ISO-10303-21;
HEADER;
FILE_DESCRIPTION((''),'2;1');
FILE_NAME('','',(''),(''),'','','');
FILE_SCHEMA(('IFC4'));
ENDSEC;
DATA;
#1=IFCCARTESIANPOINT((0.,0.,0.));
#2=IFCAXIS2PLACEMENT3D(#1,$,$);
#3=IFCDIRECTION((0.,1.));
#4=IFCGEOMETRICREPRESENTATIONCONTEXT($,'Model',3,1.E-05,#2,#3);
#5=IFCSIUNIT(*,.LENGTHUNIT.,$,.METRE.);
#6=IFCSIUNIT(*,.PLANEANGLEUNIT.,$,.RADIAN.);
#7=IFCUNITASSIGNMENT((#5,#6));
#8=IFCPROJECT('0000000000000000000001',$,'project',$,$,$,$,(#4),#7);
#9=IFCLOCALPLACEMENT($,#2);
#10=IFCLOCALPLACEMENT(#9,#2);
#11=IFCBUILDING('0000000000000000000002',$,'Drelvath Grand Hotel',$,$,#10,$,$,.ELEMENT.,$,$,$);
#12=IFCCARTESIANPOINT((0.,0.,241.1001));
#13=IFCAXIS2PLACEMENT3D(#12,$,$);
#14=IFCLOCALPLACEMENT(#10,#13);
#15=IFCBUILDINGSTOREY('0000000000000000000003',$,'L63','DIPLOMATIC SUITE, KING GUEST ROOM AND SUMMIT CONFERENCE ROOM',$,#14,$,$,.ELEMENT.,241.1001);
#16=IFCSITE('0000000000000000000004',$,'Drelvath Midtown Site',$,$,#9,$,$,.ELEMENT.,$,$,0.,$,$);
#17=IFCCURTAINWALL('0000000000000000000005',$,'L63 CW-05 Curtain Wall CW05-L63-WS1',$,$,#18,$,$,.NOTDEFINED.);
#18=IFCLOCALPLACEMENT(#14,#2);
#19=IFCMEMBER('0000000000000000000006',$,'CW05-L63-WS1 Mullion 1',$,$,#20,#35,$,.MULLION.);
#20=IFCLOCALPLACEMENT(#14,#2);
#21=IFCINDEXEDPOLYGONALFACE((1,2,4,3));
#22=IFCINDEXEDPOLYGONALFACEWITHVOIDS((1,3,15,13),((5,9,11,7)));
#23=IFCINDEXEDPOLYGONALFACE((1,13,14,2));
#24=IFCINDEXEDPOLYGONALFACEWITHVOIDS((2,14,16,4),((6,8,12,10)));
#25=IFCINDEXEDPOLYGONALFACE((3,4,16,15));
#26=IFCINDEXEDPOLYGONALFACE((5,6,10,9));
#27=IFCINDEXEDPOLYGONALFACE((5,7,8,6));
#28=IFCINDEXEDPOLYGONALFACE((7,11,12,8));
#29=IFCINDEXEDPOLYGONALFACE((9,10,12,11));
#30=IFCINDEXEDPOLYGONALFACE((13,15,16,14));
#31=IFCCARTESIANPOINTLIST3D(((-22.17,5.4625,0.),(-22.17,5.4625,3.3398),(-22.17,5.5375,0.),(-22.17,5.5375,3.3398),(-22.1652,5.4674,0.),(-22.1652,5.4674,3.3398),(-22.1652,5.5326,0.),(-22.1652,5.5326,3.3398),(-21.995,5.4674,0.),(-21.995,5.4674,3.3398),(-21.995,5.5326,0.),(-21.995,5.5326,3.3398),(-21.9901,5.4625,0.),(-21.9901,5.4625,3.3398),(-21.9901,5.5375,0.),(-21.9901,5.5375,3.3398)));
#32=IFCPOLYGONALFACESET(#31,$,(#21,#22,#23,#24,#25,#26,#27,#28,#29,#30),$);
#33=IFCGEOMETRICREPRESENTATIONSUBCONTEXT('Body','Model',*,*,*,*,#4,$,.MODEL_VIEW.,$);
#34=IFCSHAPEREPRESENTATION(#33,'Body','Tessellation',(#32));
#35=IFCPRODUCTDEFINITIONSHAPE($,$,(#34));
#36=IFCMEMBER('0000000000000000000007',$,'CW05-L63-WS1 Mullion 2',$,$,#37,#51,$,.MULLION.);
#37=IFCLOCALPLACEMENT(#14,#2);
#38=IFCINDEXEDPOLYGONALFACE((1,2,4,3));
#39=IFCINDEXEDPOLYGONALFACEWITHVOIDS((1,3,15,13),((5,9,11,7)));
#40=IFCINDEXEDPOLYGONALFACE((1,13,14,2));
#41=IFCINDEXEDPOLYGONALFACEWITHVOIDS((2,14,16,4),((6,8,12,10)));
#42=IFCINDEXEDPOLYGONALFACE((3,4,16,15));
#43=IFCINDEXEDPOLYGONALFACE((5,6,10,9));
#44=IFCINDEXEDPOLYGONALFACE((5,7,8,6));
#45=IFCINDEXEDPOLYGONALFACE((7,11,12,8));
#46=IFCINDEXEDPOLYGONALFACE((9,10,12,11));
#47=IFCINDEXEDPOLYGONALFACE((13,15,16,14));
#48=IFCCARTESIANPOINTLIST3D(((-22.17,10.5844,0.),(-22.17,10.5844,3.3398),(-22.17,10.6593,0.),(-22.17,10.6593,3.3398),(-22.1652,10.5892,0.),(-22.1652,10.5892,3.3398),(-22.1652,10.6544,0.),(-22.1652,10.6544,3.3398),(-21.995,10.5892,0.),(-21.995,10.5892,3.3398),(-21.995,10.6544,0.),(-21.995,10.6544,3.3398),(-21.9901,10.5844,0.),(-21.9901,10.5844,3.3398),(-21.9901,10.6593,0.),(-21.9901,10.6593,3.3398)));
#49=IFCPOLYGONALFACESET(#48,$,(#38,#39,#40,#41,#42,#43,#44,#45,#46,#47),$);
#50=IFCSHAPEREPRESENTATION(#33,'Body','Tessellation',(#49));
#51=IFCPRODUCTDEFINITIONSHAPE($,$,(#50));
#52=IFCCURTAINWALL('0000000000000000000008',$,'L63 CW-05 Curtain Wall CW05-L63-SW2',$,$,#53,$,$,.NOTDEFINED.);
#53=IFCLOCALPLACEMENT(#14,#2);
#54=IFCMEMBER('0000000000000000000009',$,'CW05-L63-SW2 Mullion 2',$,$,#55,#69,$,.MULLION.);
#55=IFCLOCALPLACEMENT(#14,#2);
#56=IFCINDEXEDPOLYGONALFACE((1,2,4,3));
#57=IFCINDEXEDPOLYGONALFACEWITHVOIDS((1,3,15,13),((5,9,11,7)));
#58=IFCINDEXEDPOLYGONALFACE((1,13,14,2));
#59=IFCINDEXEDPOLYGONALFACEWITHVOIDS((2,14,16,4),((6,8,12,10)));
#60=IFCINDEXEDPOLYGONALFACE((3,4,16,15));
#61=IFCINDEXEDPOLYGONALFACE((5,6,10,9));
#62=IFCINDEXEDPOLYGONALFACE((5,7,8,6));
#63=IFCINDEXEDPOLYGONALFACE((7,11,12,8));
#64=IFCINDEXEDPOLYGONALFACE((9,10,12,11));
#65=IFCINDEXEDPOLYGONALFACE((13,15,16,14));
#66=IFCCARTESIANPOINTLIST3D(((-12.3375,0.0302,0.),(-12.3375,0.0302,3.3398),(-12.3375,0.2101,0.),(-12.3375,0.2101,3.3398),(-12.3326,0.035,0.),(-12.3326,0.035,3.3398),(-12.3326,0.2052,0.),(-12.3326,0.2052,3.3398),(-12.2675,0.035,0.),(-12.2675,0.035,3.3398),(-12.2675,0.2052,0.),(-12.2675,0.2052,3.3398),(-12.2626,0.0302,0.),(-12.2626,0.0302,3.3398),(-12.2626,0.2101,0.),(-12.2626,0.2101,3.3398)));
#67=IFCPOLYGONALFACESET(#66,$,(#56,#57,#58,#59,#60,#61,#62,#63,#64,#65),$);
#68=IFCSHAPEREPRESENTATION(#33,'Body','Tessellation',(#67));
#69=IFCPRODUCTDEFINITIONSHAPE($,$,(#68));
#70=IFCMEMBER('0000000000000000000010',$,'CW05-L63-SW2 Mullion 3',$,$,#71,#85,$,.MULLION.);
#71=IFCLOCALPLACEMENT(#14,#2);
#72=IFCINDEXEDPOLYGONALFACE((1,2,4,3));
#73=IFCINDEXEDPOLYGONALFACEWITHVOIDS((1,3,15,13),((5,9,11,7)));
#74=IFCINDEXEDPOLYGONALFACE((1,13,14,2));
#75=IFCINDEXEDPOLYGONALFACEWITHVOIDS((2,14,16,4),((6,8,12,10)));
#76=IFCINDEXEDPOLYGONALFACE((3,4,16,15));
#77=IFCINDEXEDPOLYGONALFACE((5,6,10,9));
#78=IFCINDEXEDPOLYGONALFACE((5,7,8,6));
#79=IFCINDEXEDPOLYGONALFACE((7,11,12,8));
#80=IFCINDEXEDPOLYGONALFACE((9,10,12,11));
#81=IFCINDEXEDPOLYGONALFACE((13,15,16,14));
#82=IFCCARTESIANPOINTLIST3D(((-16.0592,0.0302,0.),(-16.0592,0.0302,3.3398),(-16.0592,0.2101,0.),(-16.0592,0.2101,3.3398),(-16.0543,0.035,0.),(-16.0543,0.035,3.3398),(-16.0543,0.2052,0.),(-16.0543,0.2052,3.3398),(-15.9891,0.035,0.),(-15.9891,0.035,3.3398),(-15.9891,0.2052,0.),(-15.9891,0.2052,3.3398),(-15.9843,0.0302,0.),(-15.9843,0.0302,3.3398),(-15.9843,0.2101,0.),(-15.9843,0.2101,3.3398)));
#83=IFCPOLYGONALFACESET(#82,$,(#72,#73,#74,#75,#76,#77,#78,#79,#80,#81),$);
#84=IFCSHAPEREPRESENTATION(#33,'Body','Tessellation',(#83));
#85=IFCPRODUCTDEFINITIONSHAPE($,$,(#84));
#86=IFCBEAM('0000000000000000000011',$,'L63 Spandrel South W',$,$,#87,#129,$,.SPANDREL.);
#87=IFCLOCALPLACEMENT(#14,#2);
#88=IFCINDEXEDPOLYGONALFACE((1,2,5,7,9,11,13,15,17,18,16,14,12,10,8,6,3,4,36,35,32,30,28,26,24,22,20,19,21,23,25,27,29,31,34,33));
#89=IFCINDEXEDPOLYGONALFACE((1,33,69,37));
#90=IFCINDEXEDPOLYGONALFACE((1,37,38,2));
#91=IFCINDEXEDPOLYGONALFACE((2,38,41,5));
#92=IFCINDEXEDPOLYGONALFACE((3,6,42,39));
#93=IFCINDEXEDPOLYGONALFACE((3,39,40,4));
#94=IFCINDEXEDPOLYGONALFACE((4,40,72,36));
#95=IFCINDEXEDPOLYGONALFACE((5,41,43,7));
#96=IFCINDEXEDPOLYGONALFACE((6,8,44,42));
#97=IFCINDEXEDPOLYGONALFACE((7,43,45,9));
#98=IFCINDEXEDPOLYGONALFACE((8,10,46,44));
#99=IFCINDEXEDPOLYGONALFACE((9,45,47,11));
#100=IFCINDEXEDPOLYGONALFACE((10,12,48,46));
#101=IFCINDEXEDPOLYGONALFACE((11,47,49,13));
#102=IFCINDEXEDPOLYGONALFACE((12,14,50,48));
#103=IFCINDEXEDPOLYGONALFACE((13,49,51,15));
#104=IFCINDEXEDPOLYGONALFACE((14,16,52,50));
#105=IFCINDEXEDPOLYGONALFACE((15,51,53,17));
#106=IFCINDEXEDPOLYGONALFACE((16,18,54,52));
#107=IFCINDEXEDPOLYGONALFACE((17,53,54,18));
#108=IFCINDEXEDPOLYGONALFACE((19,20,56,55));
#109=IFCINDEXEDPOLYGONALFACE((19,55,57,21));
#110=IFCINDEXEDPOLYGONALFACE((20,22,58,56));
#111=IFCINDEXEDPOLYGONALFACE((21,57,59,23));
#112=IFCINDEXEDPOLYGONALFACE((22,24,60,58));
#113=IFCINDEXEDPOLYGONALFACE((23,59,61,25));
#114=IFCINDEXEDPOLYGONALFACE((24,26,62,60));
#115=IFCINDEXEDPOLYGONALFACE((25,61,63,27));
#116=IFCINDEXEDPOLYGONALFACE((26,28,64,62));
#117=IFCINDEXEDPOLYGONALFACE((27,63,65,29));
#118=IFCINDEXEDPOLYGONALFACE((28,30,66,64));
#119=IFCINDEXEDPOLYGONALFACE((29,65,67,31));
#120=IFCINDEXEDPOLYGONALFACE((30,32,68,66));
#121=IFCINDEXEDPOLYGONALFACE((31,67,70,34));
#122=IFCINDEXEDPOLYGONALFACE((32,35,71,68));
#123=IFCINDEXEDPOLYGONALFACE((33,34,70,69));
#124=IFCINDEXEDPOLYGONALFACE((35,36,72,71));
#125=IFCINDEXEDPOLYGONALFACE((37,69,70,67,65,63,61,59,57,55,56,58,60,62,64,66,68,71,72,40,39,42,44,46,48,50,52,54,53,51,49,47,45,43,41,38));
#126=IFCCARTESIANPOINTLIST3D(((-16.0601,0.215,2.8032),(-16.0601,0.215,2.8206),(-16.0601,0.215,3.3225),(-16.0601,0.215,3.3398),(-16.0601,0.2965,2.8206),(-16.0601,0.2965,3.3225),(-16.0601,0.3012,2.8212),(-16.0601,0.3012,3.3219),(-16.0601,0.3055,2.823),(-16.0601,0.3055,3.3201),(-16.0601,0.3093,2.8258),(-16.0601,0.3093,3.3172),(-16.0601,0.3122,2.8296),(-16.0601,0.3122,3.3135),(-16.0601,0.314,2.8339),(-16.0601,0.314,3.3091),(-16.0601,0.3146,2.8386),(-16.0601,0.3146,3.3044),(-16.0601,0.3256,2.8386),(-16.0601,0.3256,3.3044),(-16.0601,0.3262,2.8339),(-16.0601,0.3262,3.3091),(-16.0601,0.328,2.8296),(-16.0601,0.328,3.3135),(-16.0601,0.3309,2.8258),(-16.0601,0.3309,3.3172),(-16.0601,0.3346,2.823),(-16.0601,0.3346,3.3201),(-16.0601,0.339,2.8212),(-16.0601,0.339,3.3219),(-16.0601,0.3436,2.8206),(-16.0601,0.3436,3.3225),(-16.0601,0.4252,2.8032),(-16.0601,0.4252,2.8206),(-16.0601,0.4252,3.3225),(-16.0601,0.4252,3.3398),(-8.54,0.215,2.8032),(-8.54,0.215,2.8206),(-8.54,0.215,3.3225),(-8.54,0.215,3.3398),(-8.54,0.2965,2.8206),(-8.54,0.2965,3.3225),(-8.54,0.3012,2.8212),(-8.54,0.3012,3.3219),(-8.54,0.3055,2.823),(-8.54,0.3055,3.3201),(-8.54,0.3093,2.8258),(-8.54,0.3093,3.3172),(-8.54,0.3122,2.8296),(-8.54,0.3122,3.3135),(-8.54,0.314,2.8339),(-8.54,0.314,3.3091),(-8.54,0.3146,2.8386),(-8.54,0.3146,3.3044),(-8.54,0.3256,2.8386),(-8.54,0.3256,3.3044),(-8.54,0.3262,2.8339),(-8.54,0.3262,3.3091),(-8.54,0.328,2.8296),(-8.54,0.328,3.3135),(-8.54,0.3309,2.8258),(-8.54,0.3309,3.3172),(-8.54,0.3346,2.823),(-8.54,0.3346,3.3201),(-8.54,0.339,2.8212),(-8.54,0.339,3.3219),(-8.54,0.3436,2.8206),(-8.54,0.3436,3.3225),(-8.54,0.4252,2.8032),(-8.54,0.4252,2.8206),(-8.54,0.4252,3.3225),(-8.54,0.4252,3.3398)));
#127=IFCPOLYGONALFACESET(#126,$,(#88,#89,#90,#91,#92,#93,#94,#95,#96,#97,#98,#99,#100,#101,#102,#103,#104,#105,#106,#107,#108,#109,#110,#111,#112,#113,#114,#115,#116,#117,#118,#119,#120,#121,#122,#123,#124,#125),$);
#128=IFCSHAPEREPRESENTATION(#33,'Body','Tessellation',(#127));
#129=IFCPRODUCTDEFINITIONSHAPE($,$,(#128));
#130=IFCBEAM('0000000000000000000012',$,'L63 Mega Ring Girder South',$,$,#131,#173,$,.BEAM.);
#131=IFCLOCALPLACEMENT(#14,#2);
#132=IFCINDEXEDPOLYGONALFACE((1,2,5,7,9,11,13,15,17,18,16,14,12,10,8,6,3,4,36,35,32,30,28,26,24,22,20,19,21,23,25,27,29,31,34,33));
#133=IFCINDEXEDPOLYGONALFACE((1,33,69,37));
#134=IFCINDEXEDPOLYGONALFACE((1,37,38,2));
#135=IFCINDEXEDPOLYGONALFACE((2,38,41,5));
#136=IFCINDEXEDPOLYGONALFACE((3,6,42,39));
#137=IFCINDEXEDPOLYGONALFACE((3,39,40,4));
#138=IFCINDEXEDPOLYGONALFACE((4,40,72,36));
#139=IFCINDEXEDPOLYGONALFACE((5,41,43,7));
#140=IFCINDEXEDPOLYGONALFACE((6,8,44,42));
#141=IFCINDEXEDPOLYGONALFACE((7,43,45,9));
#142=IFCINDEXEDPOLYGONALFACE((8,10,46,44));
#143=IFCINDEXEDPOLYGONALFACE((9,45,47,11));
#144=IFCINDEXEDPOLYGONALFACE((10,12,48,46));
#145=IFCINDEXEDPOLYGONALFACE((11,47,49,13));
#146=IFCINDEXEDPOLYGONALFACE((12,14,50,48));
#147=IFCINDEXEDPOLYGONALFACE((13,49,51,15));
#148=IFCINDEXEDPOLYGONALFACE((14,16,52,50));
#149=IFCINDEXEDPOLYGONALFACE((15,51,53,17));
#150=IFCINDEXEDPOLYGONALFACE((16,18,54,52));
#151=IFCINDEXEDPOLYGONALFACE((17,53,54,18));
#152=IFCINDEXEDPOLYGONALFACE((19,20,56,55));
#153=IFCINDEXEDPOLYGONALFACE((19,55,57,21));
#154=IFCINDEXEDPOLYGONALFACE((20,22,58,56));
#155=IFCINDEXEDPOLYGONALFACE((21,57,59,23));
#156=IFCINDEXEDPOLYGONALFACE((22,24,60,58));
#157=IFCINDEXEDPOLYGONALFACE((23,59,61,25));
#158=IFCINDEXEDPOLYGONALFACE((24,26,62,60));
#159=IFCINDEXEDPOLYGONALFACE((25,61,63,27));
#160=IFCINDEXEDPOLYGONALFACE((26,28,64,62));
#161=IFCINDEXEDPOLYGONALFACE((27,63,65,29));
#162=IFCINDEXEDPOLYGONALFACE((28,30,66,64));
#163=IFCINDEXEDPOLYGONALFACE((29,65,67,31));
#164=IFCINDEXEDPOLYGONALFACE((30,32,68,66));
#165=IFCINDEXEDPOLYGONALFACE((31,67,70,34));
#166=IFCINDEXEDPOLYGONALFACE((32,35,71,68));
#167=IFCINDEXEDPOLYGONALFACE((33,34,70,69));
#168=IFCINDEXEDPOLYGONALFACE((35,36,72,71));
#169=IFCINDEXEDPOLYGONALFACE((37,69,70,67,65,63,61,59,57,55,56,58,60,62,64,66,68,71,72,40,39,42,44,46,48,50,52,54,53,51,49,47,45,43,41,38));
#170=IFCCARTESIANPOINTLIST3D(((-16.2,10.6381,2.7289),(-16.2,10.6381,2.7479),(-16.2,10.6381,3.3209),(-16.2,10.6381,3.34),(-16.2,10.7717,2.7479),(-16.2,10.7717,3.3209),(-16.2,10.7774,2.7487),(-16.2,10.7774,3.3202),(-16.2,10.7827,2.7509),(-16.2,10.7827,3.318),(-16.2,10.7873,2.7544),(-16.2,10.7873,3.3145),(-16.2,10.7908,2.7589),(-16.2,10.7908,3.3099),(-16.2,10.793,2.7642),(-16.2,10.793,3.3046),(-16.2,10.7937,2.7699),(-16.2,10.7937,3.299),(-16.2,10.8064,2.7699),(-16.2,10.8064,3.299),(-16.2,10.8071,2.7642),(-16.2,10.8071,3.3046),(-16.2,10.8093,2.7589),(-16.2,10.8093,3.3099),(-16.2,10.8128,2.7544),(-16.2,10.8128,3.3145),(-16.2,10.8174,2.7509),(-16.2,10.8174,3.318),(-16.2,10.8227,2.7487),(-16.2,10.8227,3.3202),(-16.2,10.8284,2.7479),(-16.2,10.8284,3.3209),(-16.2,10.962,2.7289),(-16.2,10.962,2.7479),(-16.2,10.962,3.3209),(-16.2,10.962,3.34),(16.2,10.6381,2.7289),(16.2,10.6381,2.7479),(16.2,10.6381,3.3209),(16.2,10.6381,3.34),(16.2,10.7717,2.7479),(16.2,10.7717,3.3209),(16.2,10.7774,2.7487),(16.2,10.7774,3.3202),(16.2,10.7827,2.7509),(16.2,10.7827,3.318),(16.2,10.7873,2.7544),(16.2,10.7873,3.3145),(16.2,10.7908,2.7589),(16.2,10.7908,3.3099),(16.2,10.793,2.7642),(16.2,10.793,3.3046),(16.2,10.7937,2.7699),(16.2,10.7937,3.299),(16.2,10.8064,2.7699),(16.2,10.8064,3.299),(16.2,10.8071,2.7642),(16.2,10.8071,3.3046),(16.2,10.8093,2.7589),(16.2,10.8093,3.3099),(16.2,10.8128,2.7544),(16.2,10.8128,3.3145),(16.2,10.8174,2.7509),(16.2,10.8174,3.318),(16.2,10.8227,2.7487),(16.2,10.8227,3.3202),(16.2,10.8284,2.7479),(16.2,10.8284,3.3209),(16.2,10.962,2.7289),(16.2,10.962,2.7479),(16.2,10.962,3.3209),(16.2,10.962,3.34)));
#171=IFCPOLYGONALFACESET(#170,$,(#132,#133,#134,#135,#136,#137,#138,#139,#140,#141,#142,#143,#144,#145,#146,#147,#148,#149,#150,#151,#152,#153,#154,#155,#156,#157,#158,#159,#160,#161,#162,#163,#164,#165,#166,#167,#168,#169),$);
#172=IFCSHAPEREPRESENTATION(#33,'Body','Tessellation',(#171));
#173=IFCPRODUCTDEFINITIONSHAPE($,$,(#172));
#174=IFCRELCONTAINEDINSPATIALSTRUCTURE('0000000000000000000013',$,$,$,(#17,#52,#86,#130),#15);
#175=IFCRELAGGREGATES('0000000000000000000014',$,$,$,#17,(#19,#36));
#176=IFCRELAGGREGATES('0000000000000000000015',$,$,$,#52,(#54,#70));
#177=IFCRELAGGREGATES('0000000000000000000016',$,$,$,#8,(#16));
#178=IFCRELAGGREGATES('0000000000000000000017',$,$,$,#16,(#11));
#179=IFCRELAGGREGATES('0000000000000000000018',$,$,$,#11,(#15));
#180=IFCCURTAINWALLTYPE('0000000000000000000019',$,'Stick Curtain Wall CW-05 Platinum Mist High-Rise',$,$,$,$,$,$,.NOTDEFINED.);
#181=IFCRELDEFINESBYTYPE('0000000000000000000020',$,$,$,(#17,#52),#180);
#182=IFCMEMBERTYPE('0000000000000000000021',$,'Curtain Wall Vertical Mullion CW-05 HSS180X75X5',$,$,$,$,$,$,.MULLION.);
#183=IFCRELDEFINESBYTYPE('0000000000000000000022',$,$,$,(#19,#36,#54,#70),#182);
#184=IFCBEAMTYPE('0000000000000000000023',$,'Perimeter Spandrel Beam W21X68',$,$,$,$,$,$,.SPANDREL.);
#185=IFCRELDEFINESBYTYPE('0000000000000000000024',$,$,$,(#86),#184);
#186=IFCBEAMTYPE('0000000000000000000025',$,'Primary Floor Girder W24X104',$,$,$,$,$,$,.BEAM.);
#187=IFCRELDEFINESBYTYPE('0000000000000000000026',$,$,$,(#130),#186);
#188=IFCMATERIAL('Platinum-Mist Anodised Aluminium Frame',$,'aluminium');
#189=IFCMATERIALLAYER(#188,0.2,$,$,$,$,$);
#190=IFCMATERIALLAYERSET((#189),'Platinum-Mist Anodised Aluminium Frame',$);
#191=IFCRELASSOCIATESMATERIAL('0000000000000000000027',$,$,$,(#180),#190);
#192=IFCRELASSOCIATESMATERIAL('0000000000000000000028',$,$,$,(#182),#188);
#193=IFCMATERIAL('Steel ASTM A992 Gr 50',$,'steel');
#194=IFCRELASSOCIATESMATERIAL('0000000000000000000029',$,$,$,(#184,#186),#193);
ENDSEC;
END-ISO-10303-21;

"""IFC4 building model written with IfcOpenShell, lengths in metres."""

from ifc_helpers import new_model, si_unit, direction, frame, origin, origin_2d, place, context, subcontext, project, spatial, hollow_rectangle, i_section, extrude, material, layer, layer_set, material_profile, profile_set, type_object, element, aggregate, save


model = new_model("IFC4")

# Units and contexts
model_context = context("Model", 3, precision=1e-05, world=origin(), true_north=direction((0.0, 1.0)))
body_context = subcontext(model_context, "Body", "Model", "MODEL_VIEW")
ifc_project = project(units=[si_unit("LENGTHUNIT", "METRE"), si_unit("PLANEANGLEUNIT", "RADIAN")], contexts=[model_context])

# Site, building, storey
site_placement = place(None, origin())
site = spatial("IfcSite", under=ifc_project, at=site_placement, Name="Drelvath Midtown Site", CompositionType="ELEMENT", RefElevation=0.0)
building_placement = place(site_placement, origin())
building = spatial("IfcBuilding", under=site, at=building_placement, Name="Drelvath Grand Hotel", CompositionType="ELEMENT")
storey_placement = place(building_placement, frame((0.0, 0.0, 241.1001)))
storey = spatial("IfcBuildingStorey", under=building, at=storey_placement, Name="L63", Description="DIPLOMATIC SUITE, KING GUEST ROOM AND SUMMIT CONFERENCE ROOM", CompositionType="ELEMENT", Elevation=241.1001)

# Shared definitions
ifc_material_1 = material(Name="Steel ASTM A992 Gr 50", Category="steel")

# Curtain walls, members
ifc_material_2 = material(Name="Platinum-Mist Anodised Aluminium Frame", Category="aluminium")
ifc_layer_1 = layer(ifc_material_2, 0.2)
ifc_layer_set_1 = layer_set([ifc_layer_1], Name="Platinum-Mist Anodised Aluminium Frame")
curtain_wall_type = type_object("IfcCurtainWallType", Name="Stick Curtain Wall CW-05 Platinum Mist High-Rise", PredefinedType="NOTDEFINED", material=ifc_layer_set_1)
curtain_wall_1_placement = place(storey_placement, origin())
curtain_wall_1 = element("IfcCurtainWall", 1, at=curtain_wall_1_placement, inside=storey, type_object=curtain_wall_type, Name="L63 CW-05 Curtain Wall CW05-L63-WS1", PredefinedType="NOTDEFINED")
ifc_material_profile_1 = material_profile(ifc_material_2, hollow_rectangle(XDim=0.075, YDim=0.1799, WallThickness=0.0049, at=origin_2d()), Name="HSS180X75X5")
ifc_profile_set_1 = profile_set([ifc_material_profile_1], Name="Platinum-Mist Anodised Aluminium Frame")
member_type_1 = type_object("IfcMemberType", Name="Curtain Wall Vertical Mullion CW-05 HSS180X75X5", PredefinedType="MULLION", material=ifc_profile_set_1)
member_1_placement = place(storey_placement, frame((-22.0801, 5.5, 0.0), z_axis=(0.0, 0.0, 1.0), x_axis=(0.0, 1.0, 0.0)))
member_1 = element("IfcMember", 2, at=member_1_placement, type_object=member_type_1, Name="CW05-L63-WS1 Mullion 1", PredefinedType="MULLION", context=body_context, shape_type="SweptSolid", body=[
    extrude(hollow_rectangle(XDim=0.075, YDim=0.1799, WallThickness=0.0049, at=origin_2d()), origin(), (0.0, 0.0, 1.0), 3.3398),
])
member_2_placement = place(storey_placement, frame((-22.0801, 10.6218, 0.0), z_axis=(0.0, 0.0, 1.0), x_axis=(0.0, 1.0, 0.0)))
member_2 = element("IfcMember", 3, at=member_2_placement, type_object=member_type_1, Name="CW05-L63-WS1 Mullion 2", PredefinedType="MULLION", context=body_context, shape_type="SweptSolid", body=[
    extrude(hollow_rectangle(XDim=0.075, YDim=0.1799, WallThickness=0.0049, at=origin_2d()), origin(), (0.0, 0.0, 1.0), 3.3398),
])
curtain_wall_2_placement = place(storey_placement, origin())
curtain_wall_2 = element("IfcCurtainWall", 4, at=curtain_wall_2_placement, inside=storey, type_object=curtain_wall_type, Name="L63 CW-05 Curtain Wall CW05-L63-SW2", PredefinedType="NOTDEFINED")
member_3_placement = place(storey_placement, frame((-12.3, 0.1201, 0.0), z_axis=(0.0, 0.0, 1.0), x_axis=(1.0, 0.0, 0.0)))
member_3 = element("IfcMember", 5, at=member_3_placement, type_object=member_type_1, Name="CW05-L63-SW2 Mullion 2", PredefinedType="MULLION", context=body_context, shape_type="SweptSolid", body=[
    extrude(hollow_rectangle(XDim=0.075, YDim=0.1799, WallThickness=0.0049, at=origin_2d()), origin(), (0.0, 0.0, 1.0), 3.3398),
])
member_4_placement = place(storey_placement, frame((-16.0217, 0.1201, 0.0), z_axis=(0.0, 0.0, 1.0), x_axis=(1.0, 0.0, 0.0)))
member_4 = element("IfcMember", 6, at=member_4_placement, type_object=member_type_1, Name="CW05-L63-SW2 Mullion 3", PredefinedType="MULLION", context=body_context, shape_type="SweptSolid", body=[
    extrude(hollow_rectangle(XDim=0.075, YDim=0.1799, WallThickness=0.0049, at=origin_2d()), origin(), (0.0, 0.0, 1.0), 3.3398),
])

# Beams
ifc_material_profile_2 = material_profile(ifc_material_1, i_section(OverallWidth=0.2102, OverallDepth=0.5366, WebThickness=0.011, FlangeThickness=0.0173, FilletRadius=0.0181, at=origin_2d()), Name="W21X68")
ifc_profile_set_2 = profile_set([ifc_material_profile_2], Name="Steel ASTM A992 Gr 50")
beam_type_1 = type_object("IfcBeamType", Name="Perimeter Spandrel Beam W21X68", PredefinedType="SPANDREL", material=ifc_profile_set_2)
beam_1_placement = place(storey_placement, frame((-16.0601, 0.3201, 3.0715), z_axis=(1.0, 0.0, 0.0), x_axis=(0.0, 1.0, 0.0)))
element("IfcBeam", 7, at=beam_1_placement, inside=storey, type_object=beam_type_1, Name="L63 Spandrel South W", PredefinedType="SPANDREL", context=body_context, shape_type="SweptSolid", body=[
    extrude(i_section(OverallWidth=0.2102, OverallDepth=0.5366, WebThickness=0.011, FlangeThickness=0.0173, FilletRadius=0.0181, at=origin_2d()), origin(), (0.0, 0.0, 1.0), 7.52),
])
ifc_material_profile_3 = material_profile(ifc_material_1, i_section(OverallWidth=0.324, OverallDepth=0.6111, WebThickness=0.0127, FlangeThickness=0.019, FilletRadius=0.022, at=origin_2d()), Name="W24X104")
ifc_profile_set_3 = profile_set([ifc_material_profile_3], Name="Steel ASTM A992 Gr 50")
beam_type_2 = type_object("IfcBeamType", Name="Primary Floor Girder W24X104", PredefinedType="BEAM", material=ifc_profile_set_3)
for number, where, z_axis, x_axis, name in (
    (8, (-16.2, 10.8, 3.0344), (1.0, 0.0, 0.0), (0.0, 1.0, 0.0), "L63 Mega Ring Girder South"),
):
    element("IfcBeam", number, at=place(storey_placement, frame(where, z_axis=z_axis, x_axis=x_axis)), inside=storey, type_object=beam_type_2, Name=name, PredefinedType="BEAM", context=body_context, shape_type="SweptSolid", body=[
        extrude(i_section(OverallWidth=0.324, OverallDepth=0.6111, WebThickness=0.0127, FlangeThickness=0.019, FilletRadius=0.022, at=origin_2d()), origin(), (0.0, 0.0, 1.0), 32.3999),
    ])

aggregate(curtain_wall_1, [member_1, member_2])
aggregate(curtain_wall_2, [member_3, member_4])

save(model, "model.ifc")
